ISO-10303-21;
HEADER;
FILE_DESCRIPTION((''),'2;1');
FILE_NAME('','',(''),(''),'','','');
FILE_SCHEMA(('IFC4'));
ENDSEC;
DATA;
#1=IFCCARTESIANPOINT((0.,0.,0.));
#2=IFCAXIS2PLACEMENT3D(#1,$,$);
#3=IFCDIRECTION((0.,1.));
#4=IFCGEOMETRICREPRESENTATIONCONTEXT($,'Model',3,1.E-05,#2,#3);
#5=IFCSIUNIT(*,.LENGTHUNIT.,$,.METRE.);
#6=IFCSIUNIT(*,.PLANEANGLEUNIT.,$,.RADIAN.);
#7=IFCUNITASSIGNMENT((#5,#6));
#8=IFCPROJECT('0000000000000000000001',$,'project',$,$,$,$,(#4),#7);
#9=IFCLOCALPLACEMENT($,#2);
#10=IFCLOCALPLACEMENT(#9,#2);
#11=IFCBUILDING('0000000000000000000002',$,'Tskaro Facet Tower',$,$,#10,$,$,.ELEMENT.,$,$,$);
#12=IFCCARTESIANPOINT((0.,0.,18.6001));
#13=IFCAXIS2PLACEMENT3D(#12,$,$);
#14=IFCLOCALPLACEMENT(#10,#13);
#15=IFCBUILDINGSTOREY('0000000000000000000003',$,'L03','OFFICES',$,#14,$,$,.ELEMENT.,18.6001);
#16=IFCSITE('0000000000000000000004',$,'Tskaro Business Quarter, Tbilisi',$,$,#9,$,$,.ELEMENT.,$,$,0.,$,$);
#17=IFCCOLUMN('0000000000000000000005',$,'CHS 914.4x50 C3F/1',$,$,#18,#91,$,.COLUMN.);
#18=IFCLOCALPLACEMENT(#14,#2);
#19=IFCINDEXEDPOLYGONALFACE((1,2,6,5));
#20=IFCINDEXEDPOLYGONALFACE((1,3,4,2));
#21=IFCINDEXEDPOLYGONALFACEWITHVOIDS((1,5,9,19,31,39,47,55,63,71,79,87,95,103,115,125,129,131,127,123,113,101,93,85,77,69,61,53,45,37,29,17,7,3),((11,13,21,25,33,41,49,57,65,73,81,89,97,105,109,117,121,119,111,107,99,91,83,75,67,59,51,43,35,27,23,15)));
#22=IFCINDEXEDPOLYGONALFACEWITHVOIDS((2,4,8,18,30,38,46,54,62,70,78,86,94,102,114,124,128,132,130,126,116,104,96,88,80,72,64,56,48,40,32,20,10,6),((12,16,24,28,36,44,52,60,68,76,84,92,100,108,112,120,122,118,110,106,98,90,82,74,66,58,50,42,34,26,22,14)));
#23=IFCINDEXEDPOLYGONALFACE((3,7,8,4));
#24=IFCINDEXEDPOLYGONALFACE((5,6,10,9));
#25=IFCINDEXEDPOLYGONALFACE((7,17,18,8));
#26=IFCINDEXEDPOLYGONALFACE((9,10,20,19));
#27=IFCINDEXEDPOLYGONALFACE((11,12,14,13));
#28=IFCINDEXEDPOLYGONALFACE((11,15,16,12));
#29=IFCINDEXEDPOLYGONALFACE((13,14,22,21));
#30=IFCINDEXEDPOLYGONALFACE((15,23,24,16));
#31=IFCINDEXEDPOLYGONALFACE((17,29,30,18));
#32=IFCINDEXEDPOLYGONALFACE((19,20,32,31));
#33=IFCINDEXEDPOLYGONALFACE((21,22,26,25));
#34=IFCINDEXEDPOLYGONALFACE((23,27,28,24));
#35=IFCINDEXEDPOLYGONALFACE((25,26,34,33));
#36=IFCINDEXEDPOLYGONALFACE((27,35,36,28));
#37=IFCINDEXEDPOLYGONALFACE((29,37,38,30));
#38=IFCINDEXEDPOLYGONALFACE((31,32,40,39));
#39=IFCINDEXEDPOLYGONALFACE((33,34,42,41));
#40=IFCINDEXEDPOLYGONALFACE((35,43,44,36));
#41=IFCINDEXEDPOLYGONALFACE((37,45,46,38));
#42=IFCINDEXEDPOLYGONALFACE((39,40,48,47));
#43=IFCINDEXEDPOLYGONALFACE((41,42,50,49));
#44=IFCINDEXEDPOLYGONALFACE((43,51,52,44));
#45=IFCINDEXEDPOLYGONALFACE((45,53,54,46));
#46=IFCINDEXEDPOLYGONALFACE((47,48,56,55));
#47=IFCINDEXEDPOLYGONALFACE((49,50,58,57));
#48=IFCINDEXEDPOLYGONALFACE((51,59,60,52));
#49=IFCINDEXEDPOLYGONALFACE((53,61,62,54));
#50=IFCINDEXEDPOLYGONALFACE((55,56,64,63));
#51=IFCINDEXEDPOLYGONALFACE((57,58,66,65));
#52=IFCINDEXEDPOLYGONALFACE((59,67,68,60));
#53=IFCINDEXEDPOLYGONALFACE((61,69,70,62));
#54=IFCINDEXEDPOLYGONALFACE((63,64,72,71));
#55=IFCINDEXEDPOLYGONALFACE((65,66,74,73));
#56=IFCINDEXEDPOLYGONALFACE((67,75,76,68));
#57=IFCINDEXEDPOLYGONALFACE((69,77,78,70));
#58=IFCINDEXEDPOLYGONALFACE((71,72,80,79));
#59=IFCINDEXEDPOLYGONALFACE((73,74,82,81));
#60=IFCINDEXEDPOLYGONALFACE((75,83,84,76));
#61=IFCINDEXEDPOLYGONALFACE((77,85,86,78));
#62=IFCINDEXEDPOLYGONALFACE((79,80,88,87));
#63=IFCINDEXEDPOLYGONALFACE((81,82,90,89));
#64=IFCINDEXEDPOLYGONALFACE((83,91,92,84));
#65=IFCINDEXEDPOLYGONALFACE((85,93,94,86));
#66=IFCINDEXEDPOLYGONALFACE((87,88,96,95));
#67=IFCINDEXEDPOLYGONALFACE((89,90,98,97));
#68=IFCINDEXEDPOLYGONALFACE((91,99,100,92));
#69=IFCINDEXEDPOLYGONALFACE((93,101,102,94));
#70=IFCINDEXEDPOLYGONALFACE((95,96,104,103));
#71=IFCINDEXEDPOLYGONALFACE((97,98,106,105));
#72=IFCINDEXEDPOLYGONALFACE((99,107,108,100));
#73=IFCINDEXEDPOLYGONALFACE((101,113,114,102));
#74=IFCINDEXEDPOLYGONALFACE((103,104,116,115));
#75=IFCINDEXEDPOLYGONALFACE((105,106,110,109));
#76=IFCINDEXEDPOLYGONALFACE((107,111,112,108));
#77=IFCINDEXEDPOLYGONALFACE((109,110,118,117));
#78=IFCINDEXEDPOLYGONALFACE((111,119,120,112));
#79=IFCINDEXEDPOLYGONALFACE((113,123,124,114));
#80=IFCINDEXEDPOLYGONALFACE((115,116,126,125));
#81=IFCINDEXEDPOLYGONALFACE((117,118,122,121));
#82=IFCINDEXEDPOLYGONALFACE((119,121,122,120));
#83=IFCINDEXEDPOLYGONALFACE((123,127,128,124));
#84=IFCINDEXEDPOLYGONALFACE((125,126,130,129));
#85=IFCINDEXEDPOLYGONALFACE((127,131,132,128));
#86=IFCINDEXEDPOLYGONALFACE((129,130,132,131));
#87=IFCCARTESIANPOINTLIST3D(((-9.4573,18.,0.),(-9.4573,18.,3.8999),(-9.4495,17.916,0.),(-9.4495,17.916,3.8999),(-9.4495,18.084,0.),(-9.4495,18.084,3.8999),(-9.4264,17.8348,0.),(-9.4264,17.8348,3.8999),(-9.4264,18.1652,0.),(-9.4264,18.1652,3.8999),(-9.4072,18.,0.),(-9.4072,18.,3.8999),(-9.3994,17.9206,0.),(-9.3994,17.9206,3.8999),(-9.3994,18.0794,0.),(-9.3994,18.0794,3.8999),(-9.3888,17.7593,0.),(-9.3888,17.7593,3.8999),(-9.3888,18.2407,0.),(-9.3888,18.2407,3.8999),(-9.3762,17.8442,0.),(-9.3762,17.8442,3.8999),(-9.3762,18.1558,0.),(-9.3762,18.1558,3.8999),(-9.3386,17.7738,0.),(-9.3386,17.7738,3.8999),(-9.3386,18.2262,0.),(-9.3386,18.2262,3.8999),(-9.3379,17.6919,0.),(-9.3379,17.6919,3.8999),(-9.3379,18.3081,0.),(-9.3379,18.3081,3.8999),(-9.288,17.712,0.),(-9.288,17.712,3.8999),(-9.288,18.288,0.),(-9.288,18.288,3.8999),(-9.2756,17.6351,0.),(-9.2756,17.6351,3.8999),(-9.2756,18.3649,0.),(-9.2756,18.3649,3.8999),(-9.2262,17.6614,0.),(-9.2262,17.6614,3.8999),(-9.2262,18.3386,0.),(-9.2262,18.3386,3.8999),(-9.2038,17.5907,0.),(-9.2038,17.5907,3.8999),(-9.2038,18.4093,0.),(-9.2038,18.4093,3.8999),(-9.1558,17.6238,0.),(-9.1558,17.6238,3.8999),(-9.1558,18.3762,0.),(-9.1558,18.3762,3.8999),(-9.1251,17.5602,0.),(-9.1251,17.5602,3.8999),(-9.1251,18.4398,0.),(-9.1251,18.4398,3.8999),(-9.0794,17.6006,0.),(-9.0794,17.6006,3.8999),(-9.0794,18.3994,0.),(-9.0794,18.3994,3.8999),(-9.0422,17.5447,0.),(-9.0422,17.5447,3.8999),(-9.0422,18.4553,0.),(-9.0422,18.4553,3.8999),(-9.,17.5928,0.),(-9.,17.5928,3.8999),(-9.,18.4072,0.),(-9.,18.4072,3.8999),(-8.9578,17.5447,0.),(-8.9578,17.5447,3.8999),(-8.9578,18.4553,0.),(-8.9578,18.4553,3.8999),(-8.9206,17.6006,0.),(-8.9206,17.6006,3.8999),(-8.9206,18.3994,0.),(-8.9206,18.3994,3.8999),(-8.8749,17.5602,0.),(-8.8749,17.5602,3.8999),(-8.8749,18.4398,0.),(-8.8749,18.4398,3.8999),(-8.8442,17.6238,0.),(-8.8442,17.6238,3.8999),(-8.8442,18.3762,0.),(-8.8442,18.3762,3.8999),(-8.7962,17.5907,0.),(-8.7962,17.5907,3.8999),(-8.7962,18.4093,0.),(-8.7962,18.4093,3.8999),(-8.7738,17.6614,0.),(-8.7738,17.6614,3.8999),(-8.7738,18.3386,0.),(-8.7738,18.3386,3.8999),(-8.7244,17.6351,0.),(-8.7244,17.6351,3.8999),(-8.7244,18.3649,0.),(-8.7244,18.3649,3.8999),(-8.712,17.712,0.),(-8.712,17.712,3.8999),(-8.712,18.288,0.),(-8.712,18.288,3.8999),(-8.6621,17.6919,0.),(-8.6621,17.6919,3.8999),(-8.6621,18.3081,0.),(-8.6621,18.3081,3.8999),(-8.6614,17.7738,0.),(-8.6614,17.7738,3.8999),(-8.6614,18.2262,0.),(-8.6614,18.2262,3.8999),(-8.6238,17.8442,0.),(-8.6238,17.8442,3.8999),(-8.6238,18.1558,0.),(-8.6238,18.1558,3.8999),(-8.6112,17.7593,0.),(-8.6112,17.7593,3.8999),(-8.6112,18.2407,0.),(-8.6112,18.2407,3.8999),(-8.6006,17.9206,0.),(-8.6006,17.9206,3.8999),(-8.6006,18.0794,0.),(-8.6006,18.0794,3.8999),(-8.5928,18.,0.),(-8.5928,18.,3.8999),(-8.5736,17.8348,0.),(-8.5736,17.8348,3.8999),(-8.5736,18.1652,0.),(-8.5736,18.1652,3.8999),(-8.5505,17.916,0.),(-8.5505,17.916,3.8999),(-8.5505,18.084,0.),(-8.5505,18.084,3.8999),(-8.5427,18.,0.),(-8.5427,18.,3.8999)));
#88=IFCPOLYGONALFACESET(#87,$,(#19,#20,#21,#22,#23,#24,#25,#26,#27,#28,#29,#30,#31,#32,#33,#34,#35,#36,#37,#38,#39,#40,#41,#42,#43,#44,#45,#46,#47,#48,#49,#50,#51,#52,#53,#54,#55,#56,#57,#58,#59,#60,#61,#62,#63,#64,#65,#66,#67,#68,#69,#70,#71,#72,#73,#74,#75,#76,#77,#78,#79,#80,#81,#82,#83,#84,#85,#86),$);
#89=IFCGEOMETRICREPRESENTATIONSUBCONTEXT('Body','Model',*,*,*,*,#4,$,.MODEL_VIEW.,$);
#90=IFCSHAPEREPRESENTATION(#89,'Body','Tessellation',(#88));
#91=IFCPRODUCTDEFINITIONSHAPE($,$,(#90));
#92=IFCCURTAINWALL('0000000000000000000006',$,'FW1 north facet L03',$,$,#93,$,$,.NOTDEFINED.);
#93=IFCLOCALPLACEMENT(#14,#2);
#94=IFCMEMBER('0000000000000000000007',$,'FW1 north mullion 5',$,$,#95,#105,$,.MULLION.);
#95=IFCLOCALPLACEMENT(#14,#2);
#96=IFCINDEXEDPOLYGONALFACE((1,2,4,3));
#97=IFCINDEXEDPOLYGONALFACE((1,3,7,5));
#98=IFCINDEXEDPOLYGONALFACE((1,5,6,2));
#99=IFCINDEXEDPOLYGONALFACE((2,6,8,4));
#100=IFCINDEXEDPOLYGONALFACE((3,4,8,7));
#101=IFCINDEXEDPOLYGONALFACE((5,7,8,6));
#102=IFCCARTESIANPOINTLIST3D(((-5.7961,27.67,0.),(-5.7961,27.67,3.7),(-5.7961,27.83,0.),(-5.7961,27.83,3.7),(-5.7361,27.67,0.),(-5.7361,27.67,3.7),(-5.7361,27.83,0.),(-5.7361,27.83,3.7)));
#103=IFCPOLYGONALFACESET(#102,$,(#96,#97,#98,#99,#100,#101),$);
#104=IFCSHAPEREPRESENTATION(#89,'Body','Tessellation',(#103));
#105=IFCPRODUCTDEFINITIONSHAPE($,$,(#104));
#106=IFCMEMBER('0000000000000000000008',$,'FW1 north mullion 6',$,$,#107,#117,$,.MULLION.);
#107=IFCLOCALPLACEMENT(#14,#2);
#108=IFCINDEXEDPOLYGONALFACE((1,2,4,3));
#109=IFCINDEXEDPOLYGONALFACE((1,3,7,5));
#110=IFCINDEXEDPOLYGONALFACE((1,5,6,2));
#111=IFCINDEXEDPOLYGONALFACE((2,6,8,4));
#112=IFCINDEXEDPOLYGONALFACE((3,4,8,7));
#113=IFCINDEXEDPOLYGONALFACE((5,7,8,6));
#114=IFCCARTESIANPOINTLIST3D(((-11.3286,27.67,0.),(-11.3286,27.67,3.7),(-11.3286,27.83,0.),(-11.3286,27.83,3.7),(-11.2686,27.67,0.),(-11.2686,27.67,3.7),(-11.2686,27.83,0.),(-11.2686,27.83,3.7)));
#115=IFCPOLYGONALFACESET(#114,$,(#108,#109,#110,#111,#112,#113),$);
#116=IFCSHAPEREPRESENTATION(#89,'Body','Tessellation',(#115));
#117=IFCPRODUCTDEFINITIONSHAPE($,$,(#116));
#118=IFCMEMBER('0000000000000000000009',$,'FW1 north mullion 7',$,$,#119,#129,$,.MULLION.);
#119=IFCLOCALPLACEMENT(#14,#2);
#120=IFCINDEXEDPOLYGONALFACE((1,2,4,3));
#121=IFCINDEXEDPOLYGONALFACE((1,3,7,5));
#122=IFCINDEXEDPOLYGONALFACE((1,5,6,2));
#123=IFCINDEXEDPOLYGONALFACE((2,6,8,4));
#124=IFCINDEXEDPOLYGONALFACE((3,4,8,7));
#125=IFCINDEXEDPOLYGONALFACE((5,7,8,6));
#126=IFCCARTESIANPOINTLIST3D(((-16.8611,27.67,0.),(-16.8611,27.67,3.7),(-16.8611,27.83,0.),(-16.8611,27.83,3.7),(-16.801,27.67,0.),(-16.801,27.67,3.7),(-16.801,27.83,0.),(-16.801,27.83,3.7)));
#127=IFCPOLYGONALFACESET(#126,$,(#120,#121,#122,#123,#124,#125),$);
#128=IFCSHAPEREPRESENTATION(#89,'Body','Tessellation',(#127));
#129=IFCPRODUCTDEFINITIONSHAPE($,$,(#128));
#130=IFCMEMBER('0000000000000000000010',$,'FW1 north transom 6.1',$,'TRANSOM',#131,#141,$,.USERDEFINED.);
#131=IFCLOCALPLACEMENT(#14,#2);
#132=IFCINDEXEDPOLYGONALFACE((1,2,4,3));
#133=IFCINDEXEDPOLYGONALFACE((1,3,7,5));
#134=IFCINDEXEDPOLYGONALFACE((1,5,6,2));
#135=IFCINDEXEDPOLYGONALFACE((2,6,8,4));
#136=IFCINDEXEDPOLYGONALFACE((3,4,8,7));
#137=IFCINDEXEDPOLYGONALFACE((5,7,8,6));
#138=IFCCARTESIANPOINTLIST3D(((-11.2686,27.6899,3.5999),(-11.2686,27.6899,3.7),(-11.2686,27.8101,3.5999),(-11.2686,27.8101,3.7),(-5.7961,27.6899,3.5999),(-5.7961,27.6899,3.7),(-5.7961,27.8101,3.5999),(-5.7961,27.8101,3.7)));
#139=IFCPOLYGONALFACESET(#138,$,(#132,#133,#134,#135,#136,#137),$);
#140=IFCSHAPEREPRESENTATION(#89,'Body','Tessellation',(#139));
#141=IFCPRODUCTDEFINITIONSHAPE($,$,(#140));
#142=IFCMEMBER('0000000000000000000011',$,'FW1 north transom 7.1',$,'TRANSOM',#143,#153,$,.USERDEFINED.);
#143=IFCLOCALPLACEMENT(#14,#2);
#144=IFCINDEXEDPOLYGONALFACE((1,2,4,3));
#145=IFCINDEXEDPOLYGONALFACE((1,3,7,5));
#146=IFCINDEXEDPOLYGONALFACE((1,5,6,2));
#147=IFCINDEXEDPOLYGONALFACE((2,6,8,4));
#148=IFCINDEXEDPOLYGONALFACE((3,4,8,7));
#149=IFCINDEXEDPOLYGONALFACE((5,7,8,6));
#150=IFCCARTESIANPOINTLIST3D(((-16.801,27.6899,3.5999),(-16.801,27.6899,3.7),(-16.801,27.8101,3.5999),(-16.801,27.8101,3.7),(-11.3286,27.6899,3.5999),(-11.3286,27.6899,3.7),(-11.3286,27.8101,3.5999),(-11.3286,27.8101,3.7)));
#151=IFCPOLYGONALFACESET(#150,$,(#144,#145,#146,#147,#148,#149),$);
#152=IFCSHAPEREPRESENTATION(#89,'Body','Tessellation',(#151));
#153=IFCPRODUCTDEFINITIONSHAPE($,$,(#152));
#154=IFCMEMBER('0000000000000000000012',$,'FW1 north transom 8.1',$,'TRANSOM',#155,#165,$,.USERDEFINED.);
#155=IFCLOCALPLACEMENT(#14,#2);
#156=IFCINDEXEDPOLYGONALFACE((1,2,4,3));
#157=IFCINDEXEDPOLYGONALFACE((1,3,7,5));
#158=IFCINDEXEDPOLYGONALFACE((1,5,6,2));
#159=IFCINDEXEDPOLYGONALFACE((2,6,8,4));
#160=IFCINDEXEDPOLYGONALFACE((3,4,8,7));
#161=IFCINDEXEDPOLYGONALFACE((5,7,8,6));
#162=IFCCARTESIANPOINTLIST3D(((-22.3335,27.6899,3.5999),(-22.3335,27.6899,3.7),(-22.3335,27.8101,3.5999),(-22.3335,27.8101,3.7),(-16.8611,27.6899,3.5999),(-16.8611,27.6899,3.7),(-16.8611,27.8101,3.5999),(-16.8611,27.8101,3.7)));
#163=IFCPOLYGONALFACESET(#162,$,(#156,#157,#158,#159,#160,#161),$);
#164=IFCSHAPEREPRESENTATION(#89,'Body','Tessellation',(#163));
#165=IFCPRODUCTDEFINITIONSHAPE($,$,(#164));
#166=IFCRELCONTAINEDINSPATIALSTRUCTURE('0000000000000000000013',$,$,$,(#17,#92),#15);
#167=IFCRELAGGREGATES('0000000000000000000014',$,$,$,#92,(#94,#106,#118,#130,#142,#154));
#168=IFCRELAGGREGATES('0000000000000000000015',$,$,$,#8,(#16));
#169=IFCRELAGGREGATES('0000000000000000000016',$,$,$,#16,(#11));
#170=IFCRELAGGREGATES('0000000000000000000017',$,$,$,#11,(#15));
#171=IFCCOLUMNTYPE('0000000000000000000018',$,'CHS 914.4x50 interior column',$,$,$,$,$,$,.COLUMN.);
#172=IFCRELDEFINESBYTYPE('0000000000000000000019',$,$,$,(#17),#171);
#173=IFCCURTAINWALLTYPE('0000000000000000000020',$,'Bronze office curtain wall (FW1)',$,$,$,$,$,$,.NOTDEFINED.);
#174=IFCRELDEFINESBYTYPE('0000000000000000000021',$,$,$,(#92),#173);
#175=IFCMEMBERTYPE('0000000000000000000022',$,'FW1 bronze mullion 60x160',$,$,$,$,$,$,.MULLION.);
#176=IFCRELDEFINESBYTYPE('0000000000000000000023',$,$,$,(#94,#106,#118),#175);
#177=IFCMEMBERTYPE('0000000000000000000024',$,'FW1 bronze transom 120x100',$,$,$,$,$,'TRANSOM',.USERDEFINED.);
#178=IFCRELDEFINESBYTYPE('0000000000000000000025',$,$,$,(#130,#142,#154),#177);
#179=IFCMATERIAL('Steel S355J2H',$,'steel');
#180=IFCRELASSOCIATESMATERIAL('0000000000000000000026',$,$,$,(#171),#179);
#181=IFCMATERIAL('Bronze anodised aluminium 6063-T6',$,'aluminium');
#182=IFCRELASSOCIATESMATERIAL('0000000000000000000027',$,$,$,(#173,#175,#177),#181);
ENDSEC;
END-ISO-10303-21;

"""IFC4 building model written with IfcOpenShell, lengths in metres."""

from ifc_helpers import new_model, si_unit, direction, frame, origin, origin_2d, place, context, subcontext, project, spatial, rectangle, hollow_circle, extrude, material, material_profile, profile_set, type_object, element, aggregate, save


model = new_model("IFC4")

# Units and contexts
model_context = context("Model", 3, precision=1e-05, world=origin(), true_north=direction((0.0, 1.0)))
body_context = subcontext(model_context, "Body", "Model", "MODEL_VIEW")
ifc_project = project(units=[si_unit("LENGTHUNIT", "METRE"), si_unit("PLANEANGLEUNIT", "RADIAN")], contexts=[model_context])

# Site, building, storey
site_placement = place(None, origin())
site = spatial("IfcSite", under=ifc_project, at=site_placement, Name="Tskaro Business Quarter, Tbilisi", CompositionType="ELEMENT", RefElevation=0.0)
building_placement = place(site_placement, origin())
building = spatial("IfcBuilding", under=site, at=building_placement, Name="Tskaro Facet Tower", CompositionType="ELEMENT")
storey_placement = place(building_placement, frame((0.0, 0.0, 18.6001)))
storey = spatial("IfcBuildingStorey", under=building, at=storey_placement, Name="L03", Description="OFFICES", CompositionType="ELEMENT", Elevation=18.6001)

# Column
ifc_material_1 = material(Name="Steel S355J2H", Category="steel")
ifc_material_profile_1 = material_profile(ifc_material_1, hollow_circle(Radius=0.4573, WallThickness=0.05, at=origin_2d()), Name="CHS 914.4x50")
ifc_profile_set_1 = profile_set([ifc_material_profile_1], Name="Steel S355J2H")
column_type_1 = type_object("IfcColumnType", Name="CHS 914.4x50 interior column", PredefinedType="COLUMN", material=ifc_profile_set_1)
column_1_placement = place(storey_placement, frame((-9.0, 18.0, 0.0), z_axis=(0.0, 0.0, 1.0), x_axis=(1.0, 0.0, 0.0)))
element("IfcColumn", 1, at=column_1_placement, inside=storey, type_object=column_type_1, Name="CHS 914.4x50 C3F/1", PredefinedType="COLUMN", context=body_context, shape_type="SweptSolid", body=[
    extrude(hollow_circle(Radius=0.4573, WallThickness=0.05, at=origin_2d()), origin(), (0.0, 0.0, 1.0), 3.8999),
])

# Curtain wall, members
ifc_material_2 = material(Name="Bronze anodised aluminium 6063-T6", Category="aluminium")
curtain_wall_type = type_object("IfcCurtainWallType", Name="Bronze office curtain wall (FW1)", PredefinedType="NOTDEFINED", material=ifc_material_2)
curtain_wall_placement = place(storey_placement, origin())
curtain_wall = element("IfcCurtainWall", 2, at=curtain_wall_placement, inside=storey, type_object=curtain_wall_type, Name="FW1 north facet L03", PredefinedType="NOTDEFINED")
ifc_material_profile_2 = material_profile(ifc_material_2, rectangle(XDim=0.0601, YDim=0.1599, at=origin_2d()), Name="Mullion 60x160")
ifc_profile_set_2 = profile_set([ifc_material_profile_2], Name="Bronze anodised aluminium 6063-T6")
member_type_1 = type_object("IfcMemberType", Name="FW1 bronze mullion 60x160", PredefinedType="MULLION", material=ifc_profile_set_2)
member_1_placement = place(storey_placement, frame((-5.7661, 27.75, 0.0), z_axis=(0.0, 0.0, 1.0), x_axis=(-1.0, 0.0, 0.0)))
member_1 = element("IfcMember", 3, at=member_1_placement, type_object=member_type_1, Name="FW1 north mullion 5", PredefinedType="MULLION", context=body_context, shape_type="SweptSolid", body=[
    extrude(rectangle(XDim=0.0601, YDim=0.1599, at=origin_2d()), origin(), (0.0, 0.0, 1.0), 3.7),
])
member_2_placement = place(storey_placement, frame((-11.2986, 27.75, 0.0), z_axis=(0.0, 0.0, 1.0), x_axis=(-1.0, 0.0, 0.0)))
member_2 = element("IfcMember", 4, at=member_2_placement, type_object=member_type_1, Name="FW1 north mullion 6", PredefinedType="MULLION", context=body_context, shape_type="SweptSolid", body=[
    extrude(rectangle(XDim=0.0601, YDim=0.1599, at=origin_2d()), origin(), (0.0, 0.0, 1.0), 3.7),
])
member_3_placement = place(storey_placement, frame((-16.8311, 27.75, 0.0), z_axis=(0.0, 0.0, 1.0), x_axis=(-1.0, 0.0, 0.0)))
member_3 = element("IfcMember", 5, at=member_3_placement, type_object=member_type_1, Name="FW1 north mullion 7", PredefinedType="MULLION", context=body_context, shape_type="SweptSolid", body=[
    extrude(rectangle(XDim=0.0601, YDim=0.1599, at=origin_2d()), origin(), (0.0, 0.0, 1.0), 3.7),
])
ifc_material_profile_3 = material_profile(ifc_material_2, rectangle(XDim=0.1201, YDim=0.1001, at=origin_2d()), Name="Transom 120x100")
ifc_profile_set_3 = profile_set([ifc_material_profile_3], Name="Bronze anodised aluminium 6063-T6")
member_type_2 = type_object("IfcMemberType", Name="FW1 bronze transom 120x100", ElementType="TRANSOM", PredefinedType="USERDEFINED", material=ifc_profile_set_3)
member_4_placement = place(storey_placement, frame((-5.7961, 27.75, 3.6499), z_axis=(-1.0, 0.0, 0.0), x_axis=(0.0, -1.0, 0.0)))
member_4 = element("IfcMember", 6, at=member_4_placement, type_object=member_type_2, Name="FW1 north transom 6.1", ObjectType="TRANSOM", PredefinedType="USERDEFINED", context=body_context, shape_type="SweptSolid", body=[
    extrude(rectangle(XDim=0.1201, YDim=0.1001, at=origin_2d()), origin(), (0.0, 0.0, 1.0), 5.4724),
])
member_5_placement = place(storey_placement, frame((-11.3286, 27.75, 3.6499), z_axis=(-1.0, 0.0, 0.0), x_axis=(0.0, -1.0, 0.0)))
member_5 = element("IfcMember", 7, at=member_5_placement, type_object=member_type_2, Name="FW1 north transom 7.1", ObjectType="TRANSOM", PredefinedType="USERDEFINED", context=body_context, shape_type="SweptSolid", body=[
    extrude(rectangle(XDim=0.1201, YDim=0.1001, at=origin_2d()), origin(), (0.0, 0.0, 1.0), 5.4724),
])
member_6_placement = place(storey_placement, frame((-16.8611, 27.75, 3.6499), z_axis=(-1.0, 0.0, 0.0), x_axis=(0.0, -1.0, 0.0)))
member_6 = element("IfcMember", 8, at=member_6_placement, type_object=member_type_2, Name="FW1 north transom 8.1", ObjectType="TRANSOM", PredefinedType="USERDEFINED", context=body_context, shape_type="SweptSolid", body=[
    extrude(rectangle(XDim=0.1201, YDim=0.1001, at=origin_2d()), origin(), (0.0, 0.0, 1.0), 5.4724),
])

aggregate(curtain_wall, [member_1, member_2, member_3, member_4, member_5, member_6])

save(model, "model.ifc")
